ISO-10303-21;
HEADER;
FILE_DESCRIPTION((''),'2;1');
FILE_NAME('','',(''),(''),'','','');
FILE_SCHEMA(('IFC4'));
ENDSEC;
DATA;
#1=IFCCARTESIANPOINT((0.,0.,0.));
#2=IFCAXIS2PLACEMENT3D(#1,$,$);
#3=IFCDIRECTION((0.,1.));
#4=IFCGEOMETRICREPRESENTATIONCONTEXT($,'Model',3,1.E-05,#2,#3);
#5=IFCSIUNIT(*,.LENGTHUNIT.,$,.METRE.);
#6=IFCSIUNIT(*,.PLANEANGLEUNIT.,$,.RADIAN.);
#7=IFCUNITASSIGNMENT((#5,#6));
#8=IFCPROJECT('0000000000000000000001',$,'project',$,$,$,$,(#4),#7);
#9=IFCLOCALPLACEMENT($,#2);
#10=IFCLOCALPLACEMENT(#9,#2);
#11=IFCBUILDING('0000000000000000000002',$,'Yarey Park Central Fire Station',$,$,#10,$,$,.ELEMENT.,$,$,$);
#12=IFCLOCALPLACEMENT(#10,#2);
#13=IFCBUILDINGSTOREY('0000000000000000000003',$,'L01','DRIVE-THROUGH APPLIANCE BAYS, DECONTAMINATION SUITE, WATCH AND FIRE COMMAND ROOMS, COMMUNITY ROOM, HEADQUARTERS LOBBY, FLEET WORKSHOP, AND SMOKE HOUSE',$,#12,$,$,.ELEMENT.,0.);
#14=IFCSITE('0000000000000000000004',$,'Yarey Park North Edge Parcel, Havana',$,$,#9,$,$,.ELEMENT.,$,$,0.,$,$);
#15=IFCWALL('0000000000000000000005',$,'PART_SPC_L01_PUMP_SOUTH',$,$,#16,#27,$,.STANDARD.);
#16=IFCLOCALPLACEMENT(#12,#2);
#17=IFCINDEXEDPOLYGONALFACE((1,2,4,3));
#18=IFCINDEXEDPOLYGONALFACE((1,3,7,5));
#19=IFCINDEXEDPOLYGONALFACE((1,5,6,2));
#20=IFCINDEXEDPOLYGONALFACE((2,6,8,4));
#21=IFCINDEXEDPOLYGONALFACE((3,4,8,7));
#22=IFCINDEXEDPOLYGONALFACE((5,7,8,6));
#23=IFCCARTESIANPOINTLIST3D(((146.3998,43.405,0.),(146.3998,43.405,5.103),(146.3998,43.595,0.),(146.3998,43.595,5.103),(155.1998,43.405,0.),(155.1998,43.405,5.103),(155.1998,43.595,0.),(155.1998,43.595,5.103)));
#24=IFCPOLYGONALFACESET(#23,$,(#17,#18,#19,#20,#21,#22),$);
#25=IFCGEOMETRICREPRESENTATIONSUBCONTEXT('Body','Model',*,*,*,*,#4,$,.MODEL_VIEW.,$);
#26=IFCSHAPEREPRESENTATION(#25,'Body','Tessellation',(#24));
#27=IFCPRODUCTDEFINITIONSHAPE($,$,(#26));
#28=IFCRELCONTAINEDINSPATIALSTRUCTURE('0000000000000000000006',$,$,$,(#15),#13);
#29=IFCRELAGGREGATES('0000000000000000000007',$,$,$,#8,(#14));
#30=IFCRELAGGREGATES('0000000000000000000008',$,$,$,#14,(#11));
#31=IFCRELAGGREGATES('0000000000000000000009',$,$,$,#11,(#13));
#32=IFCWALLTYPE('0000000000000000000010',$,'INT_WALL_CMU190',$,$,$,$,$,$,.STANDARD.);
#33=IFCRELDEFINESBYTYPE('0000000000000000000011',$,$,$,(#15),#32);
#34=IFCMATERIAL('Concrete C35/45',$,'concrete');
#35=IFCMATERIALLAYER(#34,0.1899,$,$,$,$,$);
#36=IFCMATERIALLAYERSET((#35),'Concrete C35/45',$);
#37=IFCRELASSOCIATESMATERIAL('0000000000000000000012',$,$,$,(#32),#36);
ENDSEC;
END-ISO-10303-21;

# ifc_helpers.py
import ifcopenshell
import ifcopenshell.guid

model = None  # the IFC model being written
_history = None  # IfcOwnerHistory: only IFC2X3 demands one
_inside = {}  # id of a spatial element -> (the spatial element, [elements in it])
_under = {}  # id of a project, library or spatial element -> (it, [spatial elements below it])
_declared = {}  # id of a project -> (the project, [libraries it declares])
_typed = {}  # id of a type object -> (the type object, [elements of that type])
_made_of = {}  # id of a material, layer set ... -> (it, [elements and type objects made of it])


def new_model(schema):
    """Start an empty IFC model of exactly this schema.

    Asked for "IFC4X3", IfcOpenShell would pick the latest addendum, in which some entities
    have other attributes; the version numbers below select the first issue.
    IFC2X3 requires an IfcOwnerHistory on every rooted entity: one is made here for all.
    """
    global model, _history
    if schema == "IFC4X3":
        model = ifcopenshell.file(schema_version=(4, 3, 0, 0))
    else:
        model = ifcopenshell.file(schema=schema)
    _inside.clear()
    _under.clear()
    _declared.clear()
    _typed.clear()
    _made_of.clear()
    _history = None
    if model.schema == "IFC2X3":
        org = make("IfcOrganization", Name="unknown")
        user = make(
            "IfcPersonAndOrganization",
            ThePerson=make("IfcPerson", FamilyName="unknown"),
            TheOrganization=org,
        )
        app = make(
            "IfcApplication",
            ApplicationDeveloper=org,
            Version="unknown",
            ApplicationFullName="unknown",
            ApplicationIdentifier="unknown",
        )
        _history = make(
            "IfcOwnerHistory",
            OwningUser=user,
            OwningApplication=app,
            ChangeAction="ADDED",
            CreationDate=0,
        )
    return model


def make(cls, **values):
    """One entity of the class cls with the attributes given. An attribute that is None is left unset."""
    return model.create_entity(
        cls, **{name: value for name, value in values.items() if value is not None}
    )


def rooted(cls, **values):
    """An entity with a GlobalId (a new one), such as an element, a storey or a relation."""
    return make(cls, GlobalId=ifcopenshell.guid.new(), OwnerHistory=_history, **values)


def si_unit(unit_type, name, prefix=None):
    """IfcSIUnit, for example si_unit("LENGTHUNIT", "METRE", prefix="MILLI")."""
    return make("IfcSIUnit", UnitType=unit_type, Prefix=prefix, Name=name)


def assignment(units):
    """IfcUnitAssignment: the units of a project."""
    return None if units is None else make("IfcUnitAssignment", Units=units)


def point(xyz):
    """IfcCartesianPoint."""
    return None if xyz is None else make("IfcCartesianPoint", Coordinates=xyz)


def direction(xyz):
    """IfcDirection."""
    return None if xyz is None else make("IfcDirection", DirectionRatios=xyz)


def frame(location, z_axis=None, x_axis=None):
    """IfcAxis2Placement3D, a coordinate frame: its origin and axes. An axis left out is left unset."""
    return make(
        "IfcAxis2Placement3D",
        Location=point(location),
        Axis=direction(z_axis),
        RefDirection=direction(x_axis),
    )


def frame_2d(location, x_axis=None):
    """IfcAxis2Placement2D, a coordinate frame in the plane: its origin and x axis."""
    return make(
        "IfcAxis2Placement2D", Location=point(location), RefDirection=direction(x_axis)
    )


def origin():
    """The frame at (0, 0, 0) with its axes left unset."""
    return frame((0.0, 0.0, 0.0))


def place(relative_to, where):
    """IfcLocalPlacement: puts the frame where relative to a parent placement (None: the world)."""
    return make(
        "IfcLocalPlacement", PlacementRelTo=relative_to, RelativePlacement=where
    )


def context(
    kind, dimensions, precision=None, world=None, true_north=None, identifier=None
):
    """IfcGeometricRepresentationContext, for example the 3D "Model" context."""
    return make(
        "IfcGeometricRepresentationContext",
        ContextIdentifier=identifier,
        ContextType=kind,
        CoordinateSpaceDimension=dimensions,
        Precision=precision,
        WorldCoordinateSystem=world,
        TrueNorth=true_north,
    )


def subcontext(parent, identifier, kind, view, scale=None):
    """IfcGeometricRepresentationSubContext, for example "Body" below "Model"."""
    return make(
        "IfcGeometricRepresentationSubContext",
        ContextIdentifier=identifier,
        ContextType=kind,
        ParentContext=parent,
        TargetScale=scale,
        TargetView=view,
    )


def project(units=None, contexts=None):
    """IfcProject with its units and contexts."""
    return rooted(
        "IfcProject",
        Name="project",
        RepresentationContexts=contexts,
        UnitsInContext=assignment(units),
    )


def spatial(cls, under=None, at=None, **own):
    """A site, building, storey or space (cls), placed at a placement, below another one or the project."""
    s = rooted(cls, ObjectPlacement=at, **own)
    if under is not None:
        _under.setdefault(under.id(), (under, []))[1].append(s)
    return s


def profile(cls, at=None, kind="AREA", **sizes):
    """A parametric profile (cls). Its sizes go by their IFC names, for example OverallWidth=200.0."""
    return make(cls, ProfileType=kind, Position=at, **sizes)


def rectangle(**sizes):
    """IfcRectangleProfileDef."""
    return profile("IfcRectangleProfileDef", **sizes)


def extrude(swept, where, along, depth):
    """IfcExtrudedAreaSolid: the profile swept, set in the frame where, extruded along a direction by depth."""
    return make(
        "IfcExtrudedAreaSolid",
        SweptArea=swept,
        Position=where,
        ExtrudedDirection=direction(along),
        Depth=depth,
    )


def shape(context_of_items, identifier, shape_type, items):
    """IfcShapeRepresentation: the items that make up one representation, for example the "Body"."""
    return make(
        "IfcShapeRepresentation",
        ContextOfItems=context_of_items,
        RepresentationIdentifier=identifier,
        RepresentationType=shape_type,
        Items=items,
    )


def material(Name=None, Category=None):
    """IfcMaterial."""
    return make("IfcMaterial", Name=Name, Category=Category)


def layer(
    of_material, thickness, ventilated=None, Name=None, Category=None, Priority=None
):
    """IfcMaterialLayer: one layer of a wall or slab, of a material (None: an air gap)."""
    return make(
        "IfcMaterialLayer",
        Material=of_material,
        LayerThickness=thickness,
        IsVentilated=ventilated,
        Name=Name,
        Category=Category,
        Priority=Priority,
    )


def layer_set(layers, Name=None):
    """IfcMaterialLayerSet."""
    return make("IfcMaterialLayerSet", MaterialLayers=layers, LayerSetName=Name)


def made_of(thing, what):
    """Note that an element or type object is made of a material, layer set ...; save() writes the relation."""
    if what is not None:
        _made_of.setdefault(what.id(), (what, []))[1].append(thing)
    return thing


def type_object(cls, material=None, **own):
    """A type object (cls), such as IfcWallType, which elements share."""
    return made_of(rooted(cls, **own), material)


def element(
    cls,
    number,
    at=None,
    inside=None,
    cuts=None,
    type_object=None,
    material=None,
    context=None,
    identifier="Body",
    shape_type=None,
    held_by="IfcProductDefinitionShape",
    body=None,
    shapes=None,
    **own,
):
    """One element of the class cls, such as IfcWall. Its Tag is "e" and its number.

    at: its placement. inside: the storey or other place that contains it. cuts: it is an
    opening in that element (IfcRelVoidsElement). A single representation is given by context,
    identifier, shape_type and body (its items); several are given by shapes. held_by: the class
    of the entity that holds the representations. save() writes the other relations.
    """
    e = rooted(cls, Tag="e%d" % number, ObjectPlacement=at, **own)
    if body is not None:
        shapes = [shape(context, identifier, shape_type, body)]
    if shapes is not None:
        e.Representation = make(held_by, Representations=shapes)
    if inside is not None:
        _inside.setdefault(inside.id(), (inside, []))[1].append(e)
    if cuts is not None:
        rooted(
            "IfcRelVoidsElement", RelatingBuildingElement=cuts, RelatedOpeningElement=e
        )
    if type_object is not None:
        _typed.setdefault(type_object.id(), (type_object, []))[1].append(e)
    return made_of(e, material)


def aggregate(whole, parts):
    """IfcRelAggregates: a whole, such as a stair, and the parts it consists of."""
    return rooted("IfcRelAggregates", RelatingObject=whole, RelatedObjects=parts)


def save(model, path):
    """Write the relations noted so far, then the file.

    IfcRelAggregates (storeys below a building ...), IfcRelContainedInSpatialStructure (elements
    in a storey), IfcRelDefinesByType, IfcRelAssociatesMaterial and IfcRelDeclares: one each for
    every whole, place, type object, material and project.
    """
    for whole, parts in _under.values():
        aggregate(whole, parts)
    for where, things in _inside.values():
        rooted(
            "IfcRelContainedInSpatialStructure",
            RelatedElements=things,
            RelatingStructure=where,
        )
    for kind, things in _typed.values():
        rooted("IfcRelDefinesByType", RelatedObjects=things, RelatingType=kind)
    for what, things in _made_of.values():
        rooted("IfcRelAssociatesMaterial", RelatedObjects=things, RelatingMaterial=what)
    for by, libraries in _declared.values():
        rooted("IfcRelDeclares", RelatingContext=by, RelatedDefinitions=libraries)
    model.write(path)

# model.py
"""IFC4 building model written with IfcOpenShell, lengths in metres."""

from ifc_helpers import new_model, si_unit, direction, frame, frame_2d, origin, place, context, subcontext, project, spatial, rectangle, extrude, material, layer, layer_set, type_object, element, save


model = new_model("IFC4")

# Units and contexts
model_context = context("Model", 3, precision=1e-05, world=origin(), true_north=direction((0.0, 1.0)))
body_context = subcontext(model_context, "Body", "Model", "MODEL_VIEW")
ifc_project = project(units=[si_unit("LENGTHUNIT", "METRE"), si_unit("PLANEANGLEUNIT", "RADIAN")], contexts=[model_context])

# Site, building, storey
site_placement = place(None, origin())
site = spatial("IfcSite", under=ifc_project, at=site_placement, Name="Yarey Park North Edge Parcel, Havana", CompositionType="ELEMENT", RefElevation=0.0)
building_placement = place(site_placement, origin())
building = spatial("IfcBuilding", under=site, at=building_placement, Name="Yarey Park Central Fire Station", CompositionType="ELEMENT")
storey_placement = place(building_placement, origin())
storey = spatial("IfcBuildingStorey", under=building, at=storey_placement, Name="L01", Description="DRIVE-THROUGH APPLIANCE BAYS, DECONTAMINATION SUITE, WATCH AND FIRE COMMAND ROOMS, COMMUNITY ROOM, HEADQUARTERS LOBBY, FLEET WORKSHOP, AND SMOKE HOUSE", CompositionType="ELEMENT", Elevation=0.0)

# Shared definitions
ifc_material_1 = material(Name="Concrete C35/45", Category="concrete")

# Wall
ifc_layer = layer(ifc_material_1, 0.1899)
ifc_layer_set = layer_set([ifc_layer], Name="Concrete C35/45")
wall_type = type_object("IfcWallType", Name="INT_WALL_CMU190", PredefinedType="STANDARD", material=ifc_layer_set)
wall_1_placement = place(storey_placement, frame((146.3999, 43.5, 0.0), z_axis=(0.0, 0.0, 1.0), x_axis=(1.0, 0.0, 0.0)))
element("IfcWall", 1, at=wall_1_placement, inside=storey, type_object=wall_type, Name="PART_SPC_L01_PUMP_SOUTH", PredefinedType="STANDARD", context=body_context, shape_type="SweptSolid", body=[
    extrude(rectangle(XDim=8.8, YDim=0.1899, at=frame_2d((4.3999, 0.0))), origin(), (0.0, 0.0, 1.0), 5.103),
])

save(model, "model.ifc")
